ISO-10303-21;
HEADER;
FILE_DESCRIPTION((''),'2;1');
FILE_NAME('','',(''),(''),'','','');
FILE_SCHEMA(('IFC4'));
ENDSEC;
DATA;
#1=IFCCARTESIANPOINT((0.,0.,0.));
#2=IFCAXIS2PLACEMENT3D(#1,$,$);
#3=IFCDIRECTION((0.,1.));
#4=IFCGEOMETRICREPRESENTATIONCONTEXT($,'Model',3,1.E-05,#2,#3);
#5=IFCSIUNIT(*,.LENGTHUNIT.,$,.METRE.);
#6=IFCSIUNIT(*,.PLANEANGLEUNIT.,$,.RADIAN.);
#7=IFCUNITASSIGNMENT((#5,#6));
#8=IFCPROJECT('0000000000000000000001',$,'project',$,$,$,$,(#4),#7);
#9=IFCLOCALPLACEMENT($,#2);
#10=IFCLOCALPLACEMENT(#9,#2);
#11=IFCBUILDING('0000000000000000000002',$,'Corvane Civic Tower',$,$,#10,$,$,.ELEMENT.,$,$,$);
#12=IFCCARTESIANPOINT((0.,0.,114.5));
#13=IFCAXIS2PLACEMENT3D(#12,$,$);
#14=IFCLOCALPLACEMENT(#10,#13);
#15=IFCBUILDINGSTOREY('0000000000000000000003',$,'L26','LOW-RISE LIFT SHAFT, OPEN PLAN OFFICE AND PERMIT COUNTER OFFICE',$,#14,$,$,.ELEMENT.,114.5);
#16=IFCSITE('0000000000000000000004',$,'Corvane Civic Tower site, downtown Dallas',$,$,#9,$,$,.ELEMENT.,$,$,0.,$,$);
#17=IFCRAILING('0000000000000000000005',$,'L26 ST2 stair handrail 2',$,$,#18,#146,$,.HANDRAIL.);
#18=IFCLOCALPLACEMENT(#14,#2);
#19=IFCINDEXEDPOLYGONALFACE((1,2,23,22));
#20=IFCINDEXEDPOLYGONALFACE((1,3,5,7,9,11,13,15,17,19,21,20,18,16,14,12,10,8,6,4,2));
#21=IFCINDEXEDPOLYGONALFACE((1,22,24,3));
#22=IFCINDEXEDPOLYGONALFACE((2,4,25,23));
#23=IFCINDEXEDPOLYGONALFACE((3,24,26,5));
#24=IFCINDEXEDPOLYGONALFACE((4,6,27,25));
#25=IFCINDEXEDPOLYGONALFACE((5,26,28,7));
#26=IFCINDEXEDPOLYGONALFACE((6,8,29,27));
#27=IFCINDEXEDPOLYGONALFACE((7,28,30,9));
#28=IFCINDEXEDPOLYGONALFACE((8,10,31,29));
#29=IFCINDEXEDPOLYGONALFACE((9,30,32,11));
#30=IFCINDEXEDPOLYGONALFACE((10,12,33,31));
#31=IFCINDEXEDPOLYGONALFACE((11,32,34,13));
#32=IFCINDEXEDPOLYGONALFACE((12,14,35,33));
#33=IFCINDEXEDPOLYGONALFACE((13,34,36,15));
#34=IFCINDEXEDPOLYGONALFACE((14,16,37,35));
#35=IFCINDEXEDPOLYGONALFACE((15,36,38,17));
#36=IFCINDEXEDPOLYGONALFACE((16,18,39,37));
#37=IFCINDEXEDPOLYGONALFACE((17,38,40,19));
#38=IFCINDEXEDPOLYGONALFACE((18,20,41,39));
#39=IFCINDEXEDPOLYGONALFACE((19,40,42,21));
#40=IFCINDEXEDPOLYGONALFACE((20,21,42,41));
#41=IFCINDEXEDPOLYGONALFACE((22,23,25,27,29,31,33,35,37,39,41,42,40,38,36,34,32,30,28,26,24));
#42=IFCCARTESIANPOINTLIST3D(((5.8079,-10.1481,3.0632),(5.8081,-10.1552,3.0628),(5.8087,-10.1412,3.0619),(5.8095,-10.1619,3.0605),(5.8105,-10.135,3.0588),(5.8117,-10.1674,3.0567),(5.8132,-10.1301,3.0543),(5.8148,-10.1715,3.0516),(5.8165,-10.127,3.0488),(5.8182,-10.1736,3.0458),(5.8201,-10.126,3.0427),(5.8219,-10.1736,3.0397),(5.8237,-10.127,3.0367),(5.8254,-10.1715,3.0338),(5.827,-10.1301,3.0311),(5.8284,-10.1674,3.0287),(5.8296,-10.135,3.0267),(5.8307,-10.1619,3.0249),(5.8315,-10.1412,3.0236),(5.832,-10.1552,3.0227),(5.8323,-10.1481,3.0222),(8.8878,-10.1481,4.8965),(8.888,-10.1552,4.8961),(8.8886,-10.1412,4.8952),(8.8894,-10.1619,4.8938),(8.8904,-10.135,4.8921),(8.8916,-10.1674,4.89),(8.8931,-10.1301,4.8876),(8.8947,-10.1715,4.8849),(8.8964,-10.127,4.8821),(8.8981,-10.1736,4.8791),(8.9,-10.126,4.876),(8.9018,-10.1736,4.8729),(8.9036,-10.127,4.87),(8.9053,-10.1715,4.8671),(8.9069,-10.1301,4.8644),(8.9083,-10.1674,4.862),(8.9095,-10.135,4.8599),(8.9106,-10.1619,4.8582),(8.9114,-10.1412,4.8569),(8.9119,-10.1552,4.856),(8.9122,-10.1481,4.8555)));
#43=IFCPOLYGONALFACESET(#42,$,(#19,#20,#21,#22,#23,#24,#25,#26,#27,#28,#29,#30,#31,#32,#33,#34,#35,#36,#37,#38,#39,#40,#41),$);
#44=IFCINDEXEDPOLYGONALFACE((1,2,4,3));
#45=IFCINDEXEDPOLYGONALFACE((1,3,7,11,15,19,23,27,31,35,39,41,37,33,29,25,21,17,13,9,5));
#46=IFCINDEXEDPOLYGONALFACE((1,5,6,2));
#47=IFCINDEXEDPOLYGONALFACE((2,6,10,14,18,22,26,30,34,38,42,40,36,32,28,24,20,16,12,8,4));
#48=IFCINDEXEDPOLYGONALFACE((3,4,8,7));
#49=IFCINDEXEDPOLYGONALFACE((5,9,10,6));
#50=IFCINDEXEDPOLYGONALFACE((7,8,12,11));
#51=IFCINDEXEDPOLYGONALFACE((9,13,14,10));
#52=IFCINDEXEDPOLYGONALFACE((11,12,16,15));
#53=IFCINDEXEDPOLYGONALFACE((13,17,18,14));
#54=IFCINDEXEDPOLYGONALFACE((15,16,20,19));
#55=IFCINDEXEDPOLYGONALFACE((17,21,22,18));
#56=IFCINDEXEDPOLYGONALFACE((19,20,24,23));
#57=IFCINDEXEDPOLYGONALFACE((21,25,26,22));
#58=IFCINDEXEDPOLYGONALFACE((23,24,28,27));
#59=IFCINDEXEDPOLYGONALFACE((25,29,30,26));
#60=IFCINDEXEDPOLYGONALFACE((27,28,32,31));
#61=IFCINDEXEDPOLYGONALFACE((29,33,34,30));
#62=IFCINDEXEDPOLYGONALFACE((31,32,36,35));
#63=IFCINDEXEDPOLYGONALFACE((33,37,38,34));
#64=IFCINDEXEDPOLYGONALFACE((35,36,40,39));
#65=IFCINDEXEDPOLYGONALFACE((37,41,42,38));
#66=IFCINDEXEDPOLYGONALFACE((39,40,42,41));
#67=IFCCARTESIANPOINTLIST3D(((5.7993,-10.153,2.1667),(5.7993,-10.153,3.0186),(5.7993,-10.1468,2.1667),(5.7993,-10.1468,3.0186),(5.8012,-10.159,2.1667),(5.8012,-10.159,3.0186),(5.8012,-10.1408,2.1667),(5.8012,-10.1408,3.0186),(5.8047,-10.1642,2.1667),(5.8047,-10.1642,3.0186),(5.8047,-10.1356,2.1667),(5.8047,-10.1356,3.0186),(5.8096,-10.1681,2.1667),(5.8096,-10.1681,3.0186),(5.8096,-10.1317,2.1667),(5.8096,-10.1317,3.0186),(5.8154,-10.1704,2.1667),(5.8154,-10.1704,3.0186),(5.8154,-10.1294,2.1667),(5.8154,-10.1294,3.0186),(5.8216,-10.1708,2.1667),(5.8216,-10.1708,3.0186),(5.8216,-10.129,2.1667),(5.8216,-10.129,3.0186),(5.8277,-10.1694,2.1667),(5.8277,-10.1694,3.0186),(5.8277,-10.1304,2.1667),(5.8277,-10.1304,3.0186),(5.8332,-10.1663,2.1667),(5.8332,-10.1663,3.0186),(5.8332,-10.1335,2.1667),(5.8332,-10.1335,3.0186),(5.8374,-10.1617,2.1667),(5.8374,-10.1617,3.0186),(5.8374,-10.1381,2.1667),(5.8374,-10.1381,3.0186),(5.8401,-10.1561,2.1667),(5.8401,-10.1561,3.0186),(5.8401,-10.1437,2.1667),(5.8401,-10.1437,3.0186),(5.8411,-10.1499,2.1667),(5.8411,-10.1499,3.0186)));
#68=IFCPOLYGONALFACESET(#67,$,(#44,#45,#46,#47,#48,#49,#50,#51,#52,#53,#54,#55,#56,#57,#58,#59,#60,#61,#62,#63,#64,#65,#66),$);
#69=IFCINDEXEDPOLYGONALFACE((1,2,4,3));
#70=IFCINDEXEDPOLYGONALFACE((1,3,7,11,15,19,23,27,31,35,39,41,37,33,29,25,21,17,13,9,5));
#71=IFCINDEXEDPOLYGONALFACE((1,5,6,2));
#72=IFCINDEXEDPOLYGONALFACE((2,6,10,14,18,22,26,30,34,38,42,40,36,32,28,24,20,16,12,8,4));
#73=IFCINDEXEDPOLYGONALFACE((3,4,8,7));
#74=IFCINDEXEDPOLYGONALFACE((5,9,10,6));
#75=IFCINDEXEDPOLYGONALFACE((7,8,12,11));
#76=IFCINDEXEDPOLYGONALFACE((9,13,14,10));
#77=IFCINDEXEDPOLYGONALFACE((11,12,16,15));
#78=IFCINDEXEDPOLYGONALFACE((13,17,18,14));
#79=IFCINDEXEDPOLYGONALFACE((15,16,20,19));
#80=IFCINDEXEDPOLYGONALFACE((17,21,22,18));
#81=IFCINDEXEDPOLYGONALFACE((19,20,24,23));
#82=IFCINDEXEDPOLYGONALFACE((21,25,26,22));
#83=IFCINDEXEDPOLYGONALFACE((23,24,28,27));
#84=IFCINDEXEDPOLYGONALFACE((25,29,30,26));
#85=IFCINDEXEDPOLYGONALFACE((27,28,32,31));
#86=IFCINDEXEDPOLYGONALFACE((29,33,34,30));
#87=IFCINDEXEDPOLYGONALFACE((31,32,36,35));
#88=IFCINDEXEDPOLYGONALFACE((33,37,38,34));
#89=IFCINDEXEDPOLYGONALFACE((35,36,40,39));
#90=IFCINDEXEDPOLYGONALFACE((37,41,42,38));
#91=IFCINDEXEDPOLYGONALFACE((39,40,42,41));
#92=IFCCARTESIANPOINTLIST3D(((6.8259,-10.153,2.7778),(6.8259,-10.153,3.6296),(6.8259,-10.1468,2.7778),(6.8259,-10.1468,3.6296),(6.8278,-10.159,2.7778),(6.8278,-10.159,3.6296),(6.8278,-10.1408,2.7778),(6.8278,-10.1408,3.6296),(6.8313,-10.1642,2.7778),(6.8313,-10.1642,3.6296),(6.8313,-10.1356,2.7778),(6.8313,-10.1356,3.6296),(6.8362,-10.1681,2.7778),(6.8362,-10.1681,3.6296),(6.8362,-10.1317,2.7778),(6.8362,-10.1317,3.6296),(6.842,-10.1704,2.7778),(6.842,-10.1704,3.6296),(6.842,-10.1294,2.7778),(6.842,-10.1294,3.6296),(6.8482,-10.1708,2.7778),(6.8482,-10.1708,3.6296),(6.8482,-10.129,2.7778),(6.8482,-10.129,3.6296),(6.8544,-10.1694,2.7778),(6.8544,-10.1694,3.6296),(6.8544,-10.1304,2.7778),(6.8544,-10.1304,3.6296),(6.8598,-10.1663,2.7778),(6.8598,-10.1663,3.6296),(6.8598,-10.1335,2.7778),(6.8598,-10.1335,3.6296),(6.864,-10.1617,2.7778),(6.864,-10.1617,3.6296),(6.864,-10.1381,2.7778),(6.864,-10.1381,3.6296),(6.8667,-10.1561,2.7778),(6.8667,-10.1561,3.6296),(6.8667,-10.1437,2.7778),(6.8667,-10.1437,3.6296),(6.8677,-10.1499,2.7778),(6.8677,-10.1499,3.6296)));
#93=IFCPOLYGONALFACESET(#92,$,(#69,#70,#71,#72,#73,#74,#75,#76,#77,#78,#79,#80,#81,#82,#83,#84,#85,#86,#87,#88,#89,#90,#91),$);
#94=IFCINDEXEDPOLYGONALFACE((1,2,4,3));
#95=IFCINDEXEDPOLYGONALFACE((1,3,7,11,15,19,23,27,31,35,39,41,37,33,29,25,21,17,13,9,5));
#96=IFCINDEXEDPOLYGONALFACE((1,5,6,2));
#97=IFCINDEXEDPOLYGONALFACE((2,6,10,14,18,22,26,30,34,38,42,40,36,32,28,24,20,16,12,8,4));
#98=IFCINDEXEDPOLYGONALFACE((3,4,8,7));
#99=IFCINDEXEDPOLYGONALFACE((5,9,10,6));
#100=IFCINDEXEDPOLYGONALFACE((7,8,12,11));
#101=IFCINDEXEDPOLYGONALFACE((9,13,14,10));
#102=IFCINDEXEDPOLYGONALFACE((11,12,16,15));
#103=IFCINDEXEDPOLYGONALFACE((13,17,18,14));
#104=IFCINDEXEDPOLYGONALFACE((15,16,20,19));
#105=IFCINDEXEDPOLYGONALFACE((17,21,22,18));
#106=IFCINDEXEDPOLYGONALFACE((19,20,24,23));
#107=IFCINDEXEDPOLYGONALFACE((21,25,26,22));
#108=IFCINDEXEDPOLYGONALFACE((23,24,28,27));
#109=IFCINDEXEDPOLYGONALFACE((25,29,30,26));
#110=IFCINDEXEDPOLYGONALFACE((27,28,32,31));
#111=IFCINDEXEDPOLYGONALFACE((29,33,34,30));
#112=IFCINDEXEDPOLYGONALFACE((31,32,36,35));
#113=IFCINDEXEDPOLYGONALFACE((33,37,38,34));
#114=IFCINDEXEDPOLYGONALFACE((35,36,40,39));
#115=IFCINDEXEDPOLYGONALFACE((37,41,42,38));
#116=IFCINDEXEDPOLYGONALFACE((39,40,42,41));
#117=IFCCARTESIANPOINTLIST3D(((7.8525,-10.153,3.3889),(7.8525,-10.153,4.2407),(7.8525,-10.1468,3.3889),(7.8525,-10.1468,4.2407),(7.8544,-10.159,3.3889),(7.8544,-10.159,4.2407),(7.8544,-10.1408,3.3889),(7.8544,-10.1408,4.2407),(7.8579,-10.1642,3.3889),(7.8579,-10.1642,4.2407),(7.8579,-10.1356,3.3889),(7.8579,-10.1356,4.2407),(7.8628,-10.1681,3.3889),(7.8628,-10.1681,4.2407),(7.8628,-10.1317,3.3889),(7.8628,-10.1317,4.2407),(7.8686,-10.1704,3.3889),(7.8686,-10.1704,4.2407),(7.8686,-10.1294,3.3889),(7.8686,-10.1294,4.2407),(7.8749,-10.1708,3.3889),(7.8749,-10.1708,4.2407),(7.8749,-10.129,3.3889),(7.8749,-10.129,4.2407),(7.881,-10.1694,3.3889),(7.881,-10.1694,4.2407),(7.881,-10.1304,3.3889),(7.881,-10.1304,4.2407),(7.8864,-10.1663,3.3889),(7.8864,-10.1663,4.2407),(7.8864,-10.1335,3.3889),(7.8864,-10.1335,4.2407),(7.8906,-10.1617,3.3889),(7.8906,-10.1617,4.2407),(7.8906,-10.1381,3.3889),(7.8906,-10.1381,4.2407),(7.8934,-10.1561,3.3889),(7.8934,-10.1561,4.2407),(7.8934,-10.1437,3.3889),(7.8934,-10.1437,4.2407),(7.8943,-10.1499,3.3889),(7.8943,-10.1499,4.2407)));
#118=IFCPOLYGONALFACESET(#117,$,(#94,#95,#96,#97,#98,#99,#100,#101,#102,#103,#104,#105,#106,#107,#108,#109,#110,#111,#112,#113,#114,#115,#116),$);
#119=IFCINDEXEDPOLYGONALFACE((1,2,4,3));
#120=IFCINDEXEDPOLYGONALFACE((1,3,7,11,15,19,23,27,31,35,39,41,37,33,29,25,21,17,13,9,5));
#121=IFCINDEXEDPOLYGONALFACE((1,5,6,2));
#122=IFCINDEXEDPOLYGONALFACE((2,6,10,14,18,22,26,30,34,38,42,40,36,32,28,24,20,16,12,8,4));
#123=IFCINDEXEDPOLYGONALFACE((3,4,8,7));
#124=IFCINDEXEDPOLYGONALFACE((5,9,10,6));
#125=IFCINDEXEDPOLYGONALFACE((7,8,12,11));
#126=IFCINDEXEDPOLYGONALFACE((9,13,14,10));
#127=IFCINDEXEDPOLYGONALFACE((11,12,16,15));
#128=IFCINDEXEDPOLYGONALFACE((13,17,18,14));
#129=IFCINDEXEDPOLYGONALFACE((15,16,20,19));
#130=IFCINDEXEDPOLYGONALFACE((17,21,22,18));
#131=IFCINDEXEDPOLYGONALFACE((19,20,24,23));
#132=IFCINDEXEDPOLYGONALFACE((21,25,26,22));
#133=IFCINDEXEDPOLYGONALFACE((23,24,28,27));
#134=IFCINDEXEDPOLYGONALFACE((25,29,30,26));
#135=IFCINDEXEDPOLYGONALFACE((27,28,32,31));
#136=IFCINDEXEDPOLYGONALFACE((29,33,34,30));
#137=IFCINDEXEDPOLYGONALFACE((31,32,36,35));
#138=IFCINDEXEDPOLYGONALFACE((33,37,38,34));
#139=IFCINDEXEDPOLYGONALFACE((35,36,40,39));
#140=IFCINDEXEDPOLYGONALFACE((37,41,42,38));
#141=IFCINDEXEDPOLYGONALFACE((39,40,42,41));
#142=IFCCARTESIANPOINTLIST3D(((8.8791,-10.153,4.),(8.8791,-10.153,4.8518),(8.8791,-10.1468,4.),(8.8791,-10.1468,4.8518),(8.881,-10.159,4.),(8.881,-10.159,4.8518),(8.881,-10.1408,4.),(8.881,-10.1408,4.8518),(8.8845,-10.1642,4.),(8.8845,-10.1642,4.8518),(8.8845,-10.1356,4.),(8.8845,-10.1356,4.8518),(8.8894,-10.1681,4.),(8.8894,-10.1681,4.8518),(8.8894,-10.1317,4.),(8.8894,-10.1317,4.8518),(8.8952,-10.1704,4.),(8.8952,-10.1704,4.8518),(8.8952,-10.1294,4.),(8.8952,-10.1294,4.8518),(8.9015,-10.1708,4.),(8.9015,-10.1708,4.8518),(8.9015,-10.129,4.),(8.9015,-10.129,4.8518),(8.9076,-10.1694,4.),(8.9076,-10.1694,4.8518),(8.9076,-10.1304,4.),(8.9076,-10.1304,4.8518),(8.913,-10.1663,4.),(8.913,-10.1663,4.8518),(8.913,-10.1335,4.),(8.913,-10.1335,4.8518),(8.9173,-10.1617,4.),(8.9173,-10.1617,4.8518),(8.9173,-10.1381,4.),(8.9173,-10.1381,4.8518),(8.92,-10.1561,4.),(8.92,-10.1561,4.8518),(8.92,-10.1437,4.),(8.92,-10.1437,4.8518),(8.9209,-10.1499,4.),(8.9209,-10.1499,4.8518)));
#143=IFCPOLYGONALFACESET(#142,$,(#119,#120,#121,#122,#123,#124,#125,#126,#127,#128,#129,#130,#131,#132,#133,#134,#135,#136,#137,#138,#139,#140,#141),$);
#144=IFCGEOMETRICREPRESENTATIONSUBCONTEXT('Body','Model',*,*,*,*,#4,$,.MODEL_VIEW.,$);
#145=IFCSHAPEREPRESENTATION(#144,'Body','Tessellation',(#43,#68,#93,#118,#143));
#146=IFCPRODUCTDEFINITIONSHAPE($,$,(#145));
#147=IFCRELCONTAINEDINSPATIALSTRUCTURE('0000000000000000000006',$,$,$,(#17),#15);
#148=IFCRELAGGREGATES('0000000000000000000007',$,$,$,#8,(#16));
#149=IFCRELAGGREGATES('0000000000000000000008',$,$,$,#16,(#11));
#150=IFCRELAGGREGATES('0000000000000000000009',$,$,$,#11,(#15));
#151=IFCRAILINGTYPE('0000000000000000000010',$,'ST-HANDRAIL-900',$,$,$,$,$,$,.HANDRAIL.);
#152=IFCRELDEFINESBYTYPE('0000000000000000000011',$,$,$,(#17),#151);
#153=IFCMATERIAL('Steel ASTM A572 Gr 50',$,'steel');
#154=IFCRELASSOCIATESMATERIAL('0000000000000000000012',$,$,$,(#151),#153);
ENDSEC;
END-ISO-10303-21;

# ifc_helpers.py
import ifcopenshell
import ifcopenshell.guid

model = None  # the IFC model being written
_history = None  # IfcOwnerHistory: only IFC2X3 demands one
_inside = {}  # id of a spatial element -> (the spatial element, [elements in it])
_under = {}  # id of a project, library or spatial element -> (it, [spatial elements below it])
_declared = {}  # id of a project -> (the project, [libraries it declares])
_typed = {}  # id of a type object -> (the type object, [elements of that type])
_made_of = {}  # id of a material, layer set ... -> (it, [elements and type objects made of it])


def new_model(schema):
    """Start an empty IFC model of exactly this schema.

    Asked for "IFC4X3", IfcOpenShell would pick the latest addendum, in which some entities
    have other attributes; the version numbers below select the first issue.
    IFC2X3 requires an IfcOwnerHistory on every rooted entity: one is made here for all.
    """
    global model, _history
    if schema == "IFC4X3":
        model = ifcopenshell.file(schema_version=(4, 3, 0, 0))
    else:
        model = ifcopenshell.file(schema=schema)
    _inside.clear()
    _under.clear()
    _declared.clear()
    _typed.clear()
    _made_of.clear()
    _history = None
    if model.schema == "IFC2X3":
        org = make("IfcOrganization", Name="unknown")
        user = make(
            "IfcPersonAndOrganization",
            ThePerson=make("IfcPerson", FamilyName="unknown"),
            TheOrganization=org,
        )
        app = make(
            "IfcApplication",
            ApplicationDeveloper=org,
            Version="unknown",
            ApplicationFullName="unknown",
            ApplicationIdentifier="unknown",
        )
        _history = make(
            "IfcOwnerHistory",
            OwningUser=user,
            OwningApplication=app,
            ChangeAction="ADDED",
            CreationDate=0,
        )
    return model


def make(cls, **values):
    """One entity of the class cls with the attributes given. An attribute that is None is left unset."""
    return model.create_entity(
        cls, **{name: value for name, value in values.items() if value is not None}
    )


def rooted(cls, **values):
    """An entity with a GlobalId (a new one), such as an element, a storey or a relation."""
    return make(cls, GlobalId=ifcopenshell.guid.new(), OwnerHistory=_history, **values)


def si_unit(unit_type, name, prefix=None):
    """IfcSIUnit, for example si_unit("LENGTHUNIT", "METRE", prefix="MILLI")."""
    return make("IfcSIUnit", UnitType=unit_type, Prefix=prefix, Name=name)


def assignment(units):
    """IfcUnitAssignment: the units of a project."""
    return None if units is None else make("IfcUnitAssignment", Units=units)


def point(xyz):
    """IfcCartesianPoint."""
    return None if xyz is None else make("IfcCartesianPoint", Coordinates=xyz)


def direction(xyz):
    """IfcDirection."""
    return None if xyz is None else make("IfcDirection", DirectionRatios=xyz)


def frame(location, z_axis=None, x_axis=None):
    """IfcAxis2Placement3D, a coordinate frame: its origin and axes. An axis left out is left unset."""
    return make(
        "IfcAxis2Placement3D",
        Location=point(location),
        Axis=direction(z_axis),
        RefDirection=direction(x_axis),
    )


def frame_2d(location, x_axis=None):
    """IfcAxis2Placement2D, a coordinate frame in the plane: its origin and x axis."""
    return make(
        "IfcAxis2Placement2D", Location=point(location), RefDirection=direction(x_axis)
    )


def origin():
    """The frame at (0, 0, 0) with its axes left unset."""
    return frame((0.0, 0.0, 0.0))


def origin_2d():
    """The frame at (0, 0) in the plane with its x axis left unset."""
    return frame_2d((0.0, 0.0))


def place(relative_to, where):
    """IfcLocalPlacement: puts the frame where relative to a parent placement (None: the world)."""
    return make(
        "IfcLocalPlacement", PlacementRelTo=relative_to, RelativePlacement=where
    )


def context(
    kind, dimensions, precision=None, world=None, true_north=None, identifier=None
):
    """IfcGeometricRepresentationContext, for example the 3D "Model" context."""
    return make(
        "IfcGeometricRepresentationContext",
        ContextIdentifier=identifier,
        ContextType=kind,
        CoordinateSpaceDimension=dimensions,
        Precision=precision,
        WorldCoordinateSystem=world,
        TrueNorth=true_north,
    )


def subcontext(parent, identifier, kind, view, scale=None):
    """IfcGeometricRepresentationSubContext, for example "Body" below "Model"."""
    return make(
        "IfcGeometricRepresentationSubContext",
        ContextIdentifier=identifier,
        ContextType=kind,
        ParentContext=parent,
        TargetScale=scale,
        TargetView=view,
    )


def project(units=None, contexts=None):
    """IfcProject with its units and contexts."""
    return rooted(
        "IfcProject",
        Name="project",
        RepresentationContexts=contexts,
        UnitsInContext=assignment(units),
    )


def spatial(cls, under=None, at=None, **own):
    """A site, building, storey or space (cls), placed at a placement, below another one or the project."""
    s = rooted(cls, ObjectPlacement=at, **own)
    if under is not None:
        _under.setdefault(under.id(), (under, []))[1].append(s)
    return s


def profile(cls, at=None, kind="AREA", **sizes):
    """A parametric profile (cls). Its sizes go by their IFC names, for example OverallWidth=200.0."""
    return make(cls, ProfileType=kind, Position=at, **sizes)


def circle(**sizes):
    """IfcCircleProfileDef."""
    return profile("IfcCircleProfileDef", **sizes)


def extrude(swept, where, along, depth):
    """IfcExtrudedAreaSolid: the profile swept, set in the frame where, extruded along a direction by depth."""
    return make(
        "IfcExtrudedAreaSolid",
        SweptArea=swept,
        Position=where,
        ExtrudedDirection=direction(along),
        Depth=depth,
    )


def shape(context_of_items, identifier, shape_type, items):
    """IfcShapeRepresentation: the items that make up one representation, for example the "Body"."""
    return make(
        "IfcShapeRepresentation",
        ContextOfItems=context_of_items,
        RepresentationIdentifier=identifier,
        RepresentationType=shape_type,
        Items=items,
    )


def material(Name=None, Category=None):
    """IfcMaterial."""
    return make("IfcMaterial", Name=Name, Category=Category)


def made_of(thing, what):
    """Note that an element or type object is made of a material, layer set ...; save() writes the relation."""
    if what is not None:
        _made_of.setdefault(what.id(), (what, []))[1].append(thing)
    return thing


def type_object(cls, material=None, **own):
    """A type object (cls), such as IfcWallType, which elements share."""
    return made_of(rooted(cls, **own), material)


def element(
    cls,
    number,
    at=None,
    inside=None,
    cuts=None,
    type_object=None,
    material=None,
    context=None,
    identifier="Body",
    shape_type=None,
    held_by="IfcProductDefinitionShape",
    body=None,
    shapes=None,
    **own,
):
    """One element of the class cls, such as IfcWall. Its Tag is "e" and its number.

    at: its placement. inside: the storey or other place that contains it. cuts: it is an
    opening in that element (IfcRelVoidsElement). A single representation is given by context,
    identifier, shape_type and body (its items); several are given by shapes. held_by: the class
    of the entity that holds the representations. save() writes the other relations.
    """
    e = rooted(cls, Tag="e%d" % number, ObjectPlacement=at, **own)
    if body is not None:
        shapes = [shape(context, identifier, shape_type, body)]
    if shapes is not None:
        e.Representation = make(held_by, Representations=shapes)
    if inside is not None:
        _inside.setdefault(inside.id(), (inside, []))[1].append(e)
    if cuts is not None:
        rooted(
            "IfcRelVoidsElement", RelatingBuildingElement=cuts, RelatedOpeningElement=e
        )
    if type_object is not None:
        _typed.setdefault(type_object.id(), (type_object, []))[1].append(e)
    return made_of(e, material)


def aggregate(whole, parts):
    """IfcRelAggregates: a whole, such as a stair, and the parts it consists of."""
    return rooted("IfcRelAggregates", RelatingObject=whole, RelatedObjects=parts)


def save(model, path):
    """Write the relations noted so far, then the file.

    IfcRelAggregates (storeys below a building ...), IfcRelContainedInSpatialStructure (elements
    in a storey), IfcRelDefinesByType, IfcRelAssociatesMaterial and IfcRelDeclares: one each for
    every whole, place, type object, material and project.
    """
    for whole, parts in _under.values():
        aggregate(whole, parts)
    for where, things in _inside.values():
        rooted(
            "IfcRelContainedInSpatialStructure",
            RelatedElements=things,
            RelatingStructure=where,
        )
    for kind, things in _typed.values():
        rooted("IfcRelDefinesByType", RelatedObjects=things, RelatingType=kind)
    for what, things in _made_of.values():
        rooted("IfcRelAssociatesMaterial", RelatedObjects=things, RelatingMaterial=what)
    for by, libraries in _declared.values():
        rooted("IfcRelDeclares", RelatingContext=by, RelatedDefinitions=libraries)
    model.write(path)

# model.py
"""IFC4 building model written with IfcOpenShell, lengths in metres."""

from ifc_helpers import new_model, si_unit, direction, frame, origin, origin_2d, place, context, subcontext, project, spatial, circle, extrude, material, type_object, element, save


model = new_model("IFC4")

# Units and contexts
model_context = context("Model", 3, precision=1e-05, world=origin(), true_north=direction((0.0, 1.0)))
body_context = subcontext(model_context, "Body", "Model", "MODEL_VIEW")
ifc_project = project(units=[si_unit("LENGTHUNIT", "METRE"), si_unit("PLANEANGLEUNIT", "RADIAN")], contexts=[model_context])

# Site, building, storey
site_placement = place(None, origin())
site = spatial("IfcSite", under=ifc_project, at=site_placement, Name="Corvane Civic Tower site, downtown Dallas", CompositionType="ELEMENT", RefElevation=0.0)
building_placement = place(site_placement, origin())
building = spatial("IfcBuilding", under=site, at=building_placement, Name="Corvane Civic Tower", CompositionType="ELEMENT")
storey_placement = place(building_placement, frame((0.0, 0.0, 114.5)))
storey = spatial("IfcBuildingStorey", under=building, at=storey_placement, Name="L26", Description="LOW-RISE LIFT SHAFT, OPEN PLAN OFFICE AND PERMIT COUNTER OFFICE", CompositionType="ELEMENT", Elevation=114.5)

# Railing
ifc_material_1 = material(Name="Steel ASTM A572 Gr 50", Category="steel")
railing_type_1 = type_object("IfcRailingType", Name="ST-HANDRAIL-900", PredefinedType="HANDRAIL", material=ifc_material_1)
railing_1_placement = place(storey_placement, frame((5.8201, -10.1499, 2.1667)))
element("IfcRailing", 1, at=railing_1_placement, inside=storey, type_object=railing_type_1, Name="L26 ST2 stair handrail 2", PredefinedType="HANDRAIL", context=body_context, shape_type="SweptSolid", body=[
    extrude(circle(Radius=0.0239, at=origin_2d()), frame((0.0, 0.0, 0.876), z_axis=(0.859291, 0.0, 0.511487), x_axis=(0.0, 1.0, 0.0)), (0.0, 0.0, 1.0), 3.5842),
    extrude(circle(Radius=0.021, at=origin_2d()), origin(), (0.0, 0.0, 1.0), 0.8518),
    extrude(circle(Radius=0.021, at=origin_2d()), frame((1.0266, 0.0, 0.6111)), (0.0, 0.0, 1.0), 0.8518),
    extrude(circle(Radius=0.021, at=origin_2d()), frame((2.0532, 0.0, 1.2222)), (0.0, 0.0, 1.0), 0.8518),
    extrude(circle(Radius=0.021, at=origin_2d()), frame((3.0798, 0.0, 1.8333)), (0.0, 0.0, 1.0), 0.8518),
])

save(model, "model.ifc")
